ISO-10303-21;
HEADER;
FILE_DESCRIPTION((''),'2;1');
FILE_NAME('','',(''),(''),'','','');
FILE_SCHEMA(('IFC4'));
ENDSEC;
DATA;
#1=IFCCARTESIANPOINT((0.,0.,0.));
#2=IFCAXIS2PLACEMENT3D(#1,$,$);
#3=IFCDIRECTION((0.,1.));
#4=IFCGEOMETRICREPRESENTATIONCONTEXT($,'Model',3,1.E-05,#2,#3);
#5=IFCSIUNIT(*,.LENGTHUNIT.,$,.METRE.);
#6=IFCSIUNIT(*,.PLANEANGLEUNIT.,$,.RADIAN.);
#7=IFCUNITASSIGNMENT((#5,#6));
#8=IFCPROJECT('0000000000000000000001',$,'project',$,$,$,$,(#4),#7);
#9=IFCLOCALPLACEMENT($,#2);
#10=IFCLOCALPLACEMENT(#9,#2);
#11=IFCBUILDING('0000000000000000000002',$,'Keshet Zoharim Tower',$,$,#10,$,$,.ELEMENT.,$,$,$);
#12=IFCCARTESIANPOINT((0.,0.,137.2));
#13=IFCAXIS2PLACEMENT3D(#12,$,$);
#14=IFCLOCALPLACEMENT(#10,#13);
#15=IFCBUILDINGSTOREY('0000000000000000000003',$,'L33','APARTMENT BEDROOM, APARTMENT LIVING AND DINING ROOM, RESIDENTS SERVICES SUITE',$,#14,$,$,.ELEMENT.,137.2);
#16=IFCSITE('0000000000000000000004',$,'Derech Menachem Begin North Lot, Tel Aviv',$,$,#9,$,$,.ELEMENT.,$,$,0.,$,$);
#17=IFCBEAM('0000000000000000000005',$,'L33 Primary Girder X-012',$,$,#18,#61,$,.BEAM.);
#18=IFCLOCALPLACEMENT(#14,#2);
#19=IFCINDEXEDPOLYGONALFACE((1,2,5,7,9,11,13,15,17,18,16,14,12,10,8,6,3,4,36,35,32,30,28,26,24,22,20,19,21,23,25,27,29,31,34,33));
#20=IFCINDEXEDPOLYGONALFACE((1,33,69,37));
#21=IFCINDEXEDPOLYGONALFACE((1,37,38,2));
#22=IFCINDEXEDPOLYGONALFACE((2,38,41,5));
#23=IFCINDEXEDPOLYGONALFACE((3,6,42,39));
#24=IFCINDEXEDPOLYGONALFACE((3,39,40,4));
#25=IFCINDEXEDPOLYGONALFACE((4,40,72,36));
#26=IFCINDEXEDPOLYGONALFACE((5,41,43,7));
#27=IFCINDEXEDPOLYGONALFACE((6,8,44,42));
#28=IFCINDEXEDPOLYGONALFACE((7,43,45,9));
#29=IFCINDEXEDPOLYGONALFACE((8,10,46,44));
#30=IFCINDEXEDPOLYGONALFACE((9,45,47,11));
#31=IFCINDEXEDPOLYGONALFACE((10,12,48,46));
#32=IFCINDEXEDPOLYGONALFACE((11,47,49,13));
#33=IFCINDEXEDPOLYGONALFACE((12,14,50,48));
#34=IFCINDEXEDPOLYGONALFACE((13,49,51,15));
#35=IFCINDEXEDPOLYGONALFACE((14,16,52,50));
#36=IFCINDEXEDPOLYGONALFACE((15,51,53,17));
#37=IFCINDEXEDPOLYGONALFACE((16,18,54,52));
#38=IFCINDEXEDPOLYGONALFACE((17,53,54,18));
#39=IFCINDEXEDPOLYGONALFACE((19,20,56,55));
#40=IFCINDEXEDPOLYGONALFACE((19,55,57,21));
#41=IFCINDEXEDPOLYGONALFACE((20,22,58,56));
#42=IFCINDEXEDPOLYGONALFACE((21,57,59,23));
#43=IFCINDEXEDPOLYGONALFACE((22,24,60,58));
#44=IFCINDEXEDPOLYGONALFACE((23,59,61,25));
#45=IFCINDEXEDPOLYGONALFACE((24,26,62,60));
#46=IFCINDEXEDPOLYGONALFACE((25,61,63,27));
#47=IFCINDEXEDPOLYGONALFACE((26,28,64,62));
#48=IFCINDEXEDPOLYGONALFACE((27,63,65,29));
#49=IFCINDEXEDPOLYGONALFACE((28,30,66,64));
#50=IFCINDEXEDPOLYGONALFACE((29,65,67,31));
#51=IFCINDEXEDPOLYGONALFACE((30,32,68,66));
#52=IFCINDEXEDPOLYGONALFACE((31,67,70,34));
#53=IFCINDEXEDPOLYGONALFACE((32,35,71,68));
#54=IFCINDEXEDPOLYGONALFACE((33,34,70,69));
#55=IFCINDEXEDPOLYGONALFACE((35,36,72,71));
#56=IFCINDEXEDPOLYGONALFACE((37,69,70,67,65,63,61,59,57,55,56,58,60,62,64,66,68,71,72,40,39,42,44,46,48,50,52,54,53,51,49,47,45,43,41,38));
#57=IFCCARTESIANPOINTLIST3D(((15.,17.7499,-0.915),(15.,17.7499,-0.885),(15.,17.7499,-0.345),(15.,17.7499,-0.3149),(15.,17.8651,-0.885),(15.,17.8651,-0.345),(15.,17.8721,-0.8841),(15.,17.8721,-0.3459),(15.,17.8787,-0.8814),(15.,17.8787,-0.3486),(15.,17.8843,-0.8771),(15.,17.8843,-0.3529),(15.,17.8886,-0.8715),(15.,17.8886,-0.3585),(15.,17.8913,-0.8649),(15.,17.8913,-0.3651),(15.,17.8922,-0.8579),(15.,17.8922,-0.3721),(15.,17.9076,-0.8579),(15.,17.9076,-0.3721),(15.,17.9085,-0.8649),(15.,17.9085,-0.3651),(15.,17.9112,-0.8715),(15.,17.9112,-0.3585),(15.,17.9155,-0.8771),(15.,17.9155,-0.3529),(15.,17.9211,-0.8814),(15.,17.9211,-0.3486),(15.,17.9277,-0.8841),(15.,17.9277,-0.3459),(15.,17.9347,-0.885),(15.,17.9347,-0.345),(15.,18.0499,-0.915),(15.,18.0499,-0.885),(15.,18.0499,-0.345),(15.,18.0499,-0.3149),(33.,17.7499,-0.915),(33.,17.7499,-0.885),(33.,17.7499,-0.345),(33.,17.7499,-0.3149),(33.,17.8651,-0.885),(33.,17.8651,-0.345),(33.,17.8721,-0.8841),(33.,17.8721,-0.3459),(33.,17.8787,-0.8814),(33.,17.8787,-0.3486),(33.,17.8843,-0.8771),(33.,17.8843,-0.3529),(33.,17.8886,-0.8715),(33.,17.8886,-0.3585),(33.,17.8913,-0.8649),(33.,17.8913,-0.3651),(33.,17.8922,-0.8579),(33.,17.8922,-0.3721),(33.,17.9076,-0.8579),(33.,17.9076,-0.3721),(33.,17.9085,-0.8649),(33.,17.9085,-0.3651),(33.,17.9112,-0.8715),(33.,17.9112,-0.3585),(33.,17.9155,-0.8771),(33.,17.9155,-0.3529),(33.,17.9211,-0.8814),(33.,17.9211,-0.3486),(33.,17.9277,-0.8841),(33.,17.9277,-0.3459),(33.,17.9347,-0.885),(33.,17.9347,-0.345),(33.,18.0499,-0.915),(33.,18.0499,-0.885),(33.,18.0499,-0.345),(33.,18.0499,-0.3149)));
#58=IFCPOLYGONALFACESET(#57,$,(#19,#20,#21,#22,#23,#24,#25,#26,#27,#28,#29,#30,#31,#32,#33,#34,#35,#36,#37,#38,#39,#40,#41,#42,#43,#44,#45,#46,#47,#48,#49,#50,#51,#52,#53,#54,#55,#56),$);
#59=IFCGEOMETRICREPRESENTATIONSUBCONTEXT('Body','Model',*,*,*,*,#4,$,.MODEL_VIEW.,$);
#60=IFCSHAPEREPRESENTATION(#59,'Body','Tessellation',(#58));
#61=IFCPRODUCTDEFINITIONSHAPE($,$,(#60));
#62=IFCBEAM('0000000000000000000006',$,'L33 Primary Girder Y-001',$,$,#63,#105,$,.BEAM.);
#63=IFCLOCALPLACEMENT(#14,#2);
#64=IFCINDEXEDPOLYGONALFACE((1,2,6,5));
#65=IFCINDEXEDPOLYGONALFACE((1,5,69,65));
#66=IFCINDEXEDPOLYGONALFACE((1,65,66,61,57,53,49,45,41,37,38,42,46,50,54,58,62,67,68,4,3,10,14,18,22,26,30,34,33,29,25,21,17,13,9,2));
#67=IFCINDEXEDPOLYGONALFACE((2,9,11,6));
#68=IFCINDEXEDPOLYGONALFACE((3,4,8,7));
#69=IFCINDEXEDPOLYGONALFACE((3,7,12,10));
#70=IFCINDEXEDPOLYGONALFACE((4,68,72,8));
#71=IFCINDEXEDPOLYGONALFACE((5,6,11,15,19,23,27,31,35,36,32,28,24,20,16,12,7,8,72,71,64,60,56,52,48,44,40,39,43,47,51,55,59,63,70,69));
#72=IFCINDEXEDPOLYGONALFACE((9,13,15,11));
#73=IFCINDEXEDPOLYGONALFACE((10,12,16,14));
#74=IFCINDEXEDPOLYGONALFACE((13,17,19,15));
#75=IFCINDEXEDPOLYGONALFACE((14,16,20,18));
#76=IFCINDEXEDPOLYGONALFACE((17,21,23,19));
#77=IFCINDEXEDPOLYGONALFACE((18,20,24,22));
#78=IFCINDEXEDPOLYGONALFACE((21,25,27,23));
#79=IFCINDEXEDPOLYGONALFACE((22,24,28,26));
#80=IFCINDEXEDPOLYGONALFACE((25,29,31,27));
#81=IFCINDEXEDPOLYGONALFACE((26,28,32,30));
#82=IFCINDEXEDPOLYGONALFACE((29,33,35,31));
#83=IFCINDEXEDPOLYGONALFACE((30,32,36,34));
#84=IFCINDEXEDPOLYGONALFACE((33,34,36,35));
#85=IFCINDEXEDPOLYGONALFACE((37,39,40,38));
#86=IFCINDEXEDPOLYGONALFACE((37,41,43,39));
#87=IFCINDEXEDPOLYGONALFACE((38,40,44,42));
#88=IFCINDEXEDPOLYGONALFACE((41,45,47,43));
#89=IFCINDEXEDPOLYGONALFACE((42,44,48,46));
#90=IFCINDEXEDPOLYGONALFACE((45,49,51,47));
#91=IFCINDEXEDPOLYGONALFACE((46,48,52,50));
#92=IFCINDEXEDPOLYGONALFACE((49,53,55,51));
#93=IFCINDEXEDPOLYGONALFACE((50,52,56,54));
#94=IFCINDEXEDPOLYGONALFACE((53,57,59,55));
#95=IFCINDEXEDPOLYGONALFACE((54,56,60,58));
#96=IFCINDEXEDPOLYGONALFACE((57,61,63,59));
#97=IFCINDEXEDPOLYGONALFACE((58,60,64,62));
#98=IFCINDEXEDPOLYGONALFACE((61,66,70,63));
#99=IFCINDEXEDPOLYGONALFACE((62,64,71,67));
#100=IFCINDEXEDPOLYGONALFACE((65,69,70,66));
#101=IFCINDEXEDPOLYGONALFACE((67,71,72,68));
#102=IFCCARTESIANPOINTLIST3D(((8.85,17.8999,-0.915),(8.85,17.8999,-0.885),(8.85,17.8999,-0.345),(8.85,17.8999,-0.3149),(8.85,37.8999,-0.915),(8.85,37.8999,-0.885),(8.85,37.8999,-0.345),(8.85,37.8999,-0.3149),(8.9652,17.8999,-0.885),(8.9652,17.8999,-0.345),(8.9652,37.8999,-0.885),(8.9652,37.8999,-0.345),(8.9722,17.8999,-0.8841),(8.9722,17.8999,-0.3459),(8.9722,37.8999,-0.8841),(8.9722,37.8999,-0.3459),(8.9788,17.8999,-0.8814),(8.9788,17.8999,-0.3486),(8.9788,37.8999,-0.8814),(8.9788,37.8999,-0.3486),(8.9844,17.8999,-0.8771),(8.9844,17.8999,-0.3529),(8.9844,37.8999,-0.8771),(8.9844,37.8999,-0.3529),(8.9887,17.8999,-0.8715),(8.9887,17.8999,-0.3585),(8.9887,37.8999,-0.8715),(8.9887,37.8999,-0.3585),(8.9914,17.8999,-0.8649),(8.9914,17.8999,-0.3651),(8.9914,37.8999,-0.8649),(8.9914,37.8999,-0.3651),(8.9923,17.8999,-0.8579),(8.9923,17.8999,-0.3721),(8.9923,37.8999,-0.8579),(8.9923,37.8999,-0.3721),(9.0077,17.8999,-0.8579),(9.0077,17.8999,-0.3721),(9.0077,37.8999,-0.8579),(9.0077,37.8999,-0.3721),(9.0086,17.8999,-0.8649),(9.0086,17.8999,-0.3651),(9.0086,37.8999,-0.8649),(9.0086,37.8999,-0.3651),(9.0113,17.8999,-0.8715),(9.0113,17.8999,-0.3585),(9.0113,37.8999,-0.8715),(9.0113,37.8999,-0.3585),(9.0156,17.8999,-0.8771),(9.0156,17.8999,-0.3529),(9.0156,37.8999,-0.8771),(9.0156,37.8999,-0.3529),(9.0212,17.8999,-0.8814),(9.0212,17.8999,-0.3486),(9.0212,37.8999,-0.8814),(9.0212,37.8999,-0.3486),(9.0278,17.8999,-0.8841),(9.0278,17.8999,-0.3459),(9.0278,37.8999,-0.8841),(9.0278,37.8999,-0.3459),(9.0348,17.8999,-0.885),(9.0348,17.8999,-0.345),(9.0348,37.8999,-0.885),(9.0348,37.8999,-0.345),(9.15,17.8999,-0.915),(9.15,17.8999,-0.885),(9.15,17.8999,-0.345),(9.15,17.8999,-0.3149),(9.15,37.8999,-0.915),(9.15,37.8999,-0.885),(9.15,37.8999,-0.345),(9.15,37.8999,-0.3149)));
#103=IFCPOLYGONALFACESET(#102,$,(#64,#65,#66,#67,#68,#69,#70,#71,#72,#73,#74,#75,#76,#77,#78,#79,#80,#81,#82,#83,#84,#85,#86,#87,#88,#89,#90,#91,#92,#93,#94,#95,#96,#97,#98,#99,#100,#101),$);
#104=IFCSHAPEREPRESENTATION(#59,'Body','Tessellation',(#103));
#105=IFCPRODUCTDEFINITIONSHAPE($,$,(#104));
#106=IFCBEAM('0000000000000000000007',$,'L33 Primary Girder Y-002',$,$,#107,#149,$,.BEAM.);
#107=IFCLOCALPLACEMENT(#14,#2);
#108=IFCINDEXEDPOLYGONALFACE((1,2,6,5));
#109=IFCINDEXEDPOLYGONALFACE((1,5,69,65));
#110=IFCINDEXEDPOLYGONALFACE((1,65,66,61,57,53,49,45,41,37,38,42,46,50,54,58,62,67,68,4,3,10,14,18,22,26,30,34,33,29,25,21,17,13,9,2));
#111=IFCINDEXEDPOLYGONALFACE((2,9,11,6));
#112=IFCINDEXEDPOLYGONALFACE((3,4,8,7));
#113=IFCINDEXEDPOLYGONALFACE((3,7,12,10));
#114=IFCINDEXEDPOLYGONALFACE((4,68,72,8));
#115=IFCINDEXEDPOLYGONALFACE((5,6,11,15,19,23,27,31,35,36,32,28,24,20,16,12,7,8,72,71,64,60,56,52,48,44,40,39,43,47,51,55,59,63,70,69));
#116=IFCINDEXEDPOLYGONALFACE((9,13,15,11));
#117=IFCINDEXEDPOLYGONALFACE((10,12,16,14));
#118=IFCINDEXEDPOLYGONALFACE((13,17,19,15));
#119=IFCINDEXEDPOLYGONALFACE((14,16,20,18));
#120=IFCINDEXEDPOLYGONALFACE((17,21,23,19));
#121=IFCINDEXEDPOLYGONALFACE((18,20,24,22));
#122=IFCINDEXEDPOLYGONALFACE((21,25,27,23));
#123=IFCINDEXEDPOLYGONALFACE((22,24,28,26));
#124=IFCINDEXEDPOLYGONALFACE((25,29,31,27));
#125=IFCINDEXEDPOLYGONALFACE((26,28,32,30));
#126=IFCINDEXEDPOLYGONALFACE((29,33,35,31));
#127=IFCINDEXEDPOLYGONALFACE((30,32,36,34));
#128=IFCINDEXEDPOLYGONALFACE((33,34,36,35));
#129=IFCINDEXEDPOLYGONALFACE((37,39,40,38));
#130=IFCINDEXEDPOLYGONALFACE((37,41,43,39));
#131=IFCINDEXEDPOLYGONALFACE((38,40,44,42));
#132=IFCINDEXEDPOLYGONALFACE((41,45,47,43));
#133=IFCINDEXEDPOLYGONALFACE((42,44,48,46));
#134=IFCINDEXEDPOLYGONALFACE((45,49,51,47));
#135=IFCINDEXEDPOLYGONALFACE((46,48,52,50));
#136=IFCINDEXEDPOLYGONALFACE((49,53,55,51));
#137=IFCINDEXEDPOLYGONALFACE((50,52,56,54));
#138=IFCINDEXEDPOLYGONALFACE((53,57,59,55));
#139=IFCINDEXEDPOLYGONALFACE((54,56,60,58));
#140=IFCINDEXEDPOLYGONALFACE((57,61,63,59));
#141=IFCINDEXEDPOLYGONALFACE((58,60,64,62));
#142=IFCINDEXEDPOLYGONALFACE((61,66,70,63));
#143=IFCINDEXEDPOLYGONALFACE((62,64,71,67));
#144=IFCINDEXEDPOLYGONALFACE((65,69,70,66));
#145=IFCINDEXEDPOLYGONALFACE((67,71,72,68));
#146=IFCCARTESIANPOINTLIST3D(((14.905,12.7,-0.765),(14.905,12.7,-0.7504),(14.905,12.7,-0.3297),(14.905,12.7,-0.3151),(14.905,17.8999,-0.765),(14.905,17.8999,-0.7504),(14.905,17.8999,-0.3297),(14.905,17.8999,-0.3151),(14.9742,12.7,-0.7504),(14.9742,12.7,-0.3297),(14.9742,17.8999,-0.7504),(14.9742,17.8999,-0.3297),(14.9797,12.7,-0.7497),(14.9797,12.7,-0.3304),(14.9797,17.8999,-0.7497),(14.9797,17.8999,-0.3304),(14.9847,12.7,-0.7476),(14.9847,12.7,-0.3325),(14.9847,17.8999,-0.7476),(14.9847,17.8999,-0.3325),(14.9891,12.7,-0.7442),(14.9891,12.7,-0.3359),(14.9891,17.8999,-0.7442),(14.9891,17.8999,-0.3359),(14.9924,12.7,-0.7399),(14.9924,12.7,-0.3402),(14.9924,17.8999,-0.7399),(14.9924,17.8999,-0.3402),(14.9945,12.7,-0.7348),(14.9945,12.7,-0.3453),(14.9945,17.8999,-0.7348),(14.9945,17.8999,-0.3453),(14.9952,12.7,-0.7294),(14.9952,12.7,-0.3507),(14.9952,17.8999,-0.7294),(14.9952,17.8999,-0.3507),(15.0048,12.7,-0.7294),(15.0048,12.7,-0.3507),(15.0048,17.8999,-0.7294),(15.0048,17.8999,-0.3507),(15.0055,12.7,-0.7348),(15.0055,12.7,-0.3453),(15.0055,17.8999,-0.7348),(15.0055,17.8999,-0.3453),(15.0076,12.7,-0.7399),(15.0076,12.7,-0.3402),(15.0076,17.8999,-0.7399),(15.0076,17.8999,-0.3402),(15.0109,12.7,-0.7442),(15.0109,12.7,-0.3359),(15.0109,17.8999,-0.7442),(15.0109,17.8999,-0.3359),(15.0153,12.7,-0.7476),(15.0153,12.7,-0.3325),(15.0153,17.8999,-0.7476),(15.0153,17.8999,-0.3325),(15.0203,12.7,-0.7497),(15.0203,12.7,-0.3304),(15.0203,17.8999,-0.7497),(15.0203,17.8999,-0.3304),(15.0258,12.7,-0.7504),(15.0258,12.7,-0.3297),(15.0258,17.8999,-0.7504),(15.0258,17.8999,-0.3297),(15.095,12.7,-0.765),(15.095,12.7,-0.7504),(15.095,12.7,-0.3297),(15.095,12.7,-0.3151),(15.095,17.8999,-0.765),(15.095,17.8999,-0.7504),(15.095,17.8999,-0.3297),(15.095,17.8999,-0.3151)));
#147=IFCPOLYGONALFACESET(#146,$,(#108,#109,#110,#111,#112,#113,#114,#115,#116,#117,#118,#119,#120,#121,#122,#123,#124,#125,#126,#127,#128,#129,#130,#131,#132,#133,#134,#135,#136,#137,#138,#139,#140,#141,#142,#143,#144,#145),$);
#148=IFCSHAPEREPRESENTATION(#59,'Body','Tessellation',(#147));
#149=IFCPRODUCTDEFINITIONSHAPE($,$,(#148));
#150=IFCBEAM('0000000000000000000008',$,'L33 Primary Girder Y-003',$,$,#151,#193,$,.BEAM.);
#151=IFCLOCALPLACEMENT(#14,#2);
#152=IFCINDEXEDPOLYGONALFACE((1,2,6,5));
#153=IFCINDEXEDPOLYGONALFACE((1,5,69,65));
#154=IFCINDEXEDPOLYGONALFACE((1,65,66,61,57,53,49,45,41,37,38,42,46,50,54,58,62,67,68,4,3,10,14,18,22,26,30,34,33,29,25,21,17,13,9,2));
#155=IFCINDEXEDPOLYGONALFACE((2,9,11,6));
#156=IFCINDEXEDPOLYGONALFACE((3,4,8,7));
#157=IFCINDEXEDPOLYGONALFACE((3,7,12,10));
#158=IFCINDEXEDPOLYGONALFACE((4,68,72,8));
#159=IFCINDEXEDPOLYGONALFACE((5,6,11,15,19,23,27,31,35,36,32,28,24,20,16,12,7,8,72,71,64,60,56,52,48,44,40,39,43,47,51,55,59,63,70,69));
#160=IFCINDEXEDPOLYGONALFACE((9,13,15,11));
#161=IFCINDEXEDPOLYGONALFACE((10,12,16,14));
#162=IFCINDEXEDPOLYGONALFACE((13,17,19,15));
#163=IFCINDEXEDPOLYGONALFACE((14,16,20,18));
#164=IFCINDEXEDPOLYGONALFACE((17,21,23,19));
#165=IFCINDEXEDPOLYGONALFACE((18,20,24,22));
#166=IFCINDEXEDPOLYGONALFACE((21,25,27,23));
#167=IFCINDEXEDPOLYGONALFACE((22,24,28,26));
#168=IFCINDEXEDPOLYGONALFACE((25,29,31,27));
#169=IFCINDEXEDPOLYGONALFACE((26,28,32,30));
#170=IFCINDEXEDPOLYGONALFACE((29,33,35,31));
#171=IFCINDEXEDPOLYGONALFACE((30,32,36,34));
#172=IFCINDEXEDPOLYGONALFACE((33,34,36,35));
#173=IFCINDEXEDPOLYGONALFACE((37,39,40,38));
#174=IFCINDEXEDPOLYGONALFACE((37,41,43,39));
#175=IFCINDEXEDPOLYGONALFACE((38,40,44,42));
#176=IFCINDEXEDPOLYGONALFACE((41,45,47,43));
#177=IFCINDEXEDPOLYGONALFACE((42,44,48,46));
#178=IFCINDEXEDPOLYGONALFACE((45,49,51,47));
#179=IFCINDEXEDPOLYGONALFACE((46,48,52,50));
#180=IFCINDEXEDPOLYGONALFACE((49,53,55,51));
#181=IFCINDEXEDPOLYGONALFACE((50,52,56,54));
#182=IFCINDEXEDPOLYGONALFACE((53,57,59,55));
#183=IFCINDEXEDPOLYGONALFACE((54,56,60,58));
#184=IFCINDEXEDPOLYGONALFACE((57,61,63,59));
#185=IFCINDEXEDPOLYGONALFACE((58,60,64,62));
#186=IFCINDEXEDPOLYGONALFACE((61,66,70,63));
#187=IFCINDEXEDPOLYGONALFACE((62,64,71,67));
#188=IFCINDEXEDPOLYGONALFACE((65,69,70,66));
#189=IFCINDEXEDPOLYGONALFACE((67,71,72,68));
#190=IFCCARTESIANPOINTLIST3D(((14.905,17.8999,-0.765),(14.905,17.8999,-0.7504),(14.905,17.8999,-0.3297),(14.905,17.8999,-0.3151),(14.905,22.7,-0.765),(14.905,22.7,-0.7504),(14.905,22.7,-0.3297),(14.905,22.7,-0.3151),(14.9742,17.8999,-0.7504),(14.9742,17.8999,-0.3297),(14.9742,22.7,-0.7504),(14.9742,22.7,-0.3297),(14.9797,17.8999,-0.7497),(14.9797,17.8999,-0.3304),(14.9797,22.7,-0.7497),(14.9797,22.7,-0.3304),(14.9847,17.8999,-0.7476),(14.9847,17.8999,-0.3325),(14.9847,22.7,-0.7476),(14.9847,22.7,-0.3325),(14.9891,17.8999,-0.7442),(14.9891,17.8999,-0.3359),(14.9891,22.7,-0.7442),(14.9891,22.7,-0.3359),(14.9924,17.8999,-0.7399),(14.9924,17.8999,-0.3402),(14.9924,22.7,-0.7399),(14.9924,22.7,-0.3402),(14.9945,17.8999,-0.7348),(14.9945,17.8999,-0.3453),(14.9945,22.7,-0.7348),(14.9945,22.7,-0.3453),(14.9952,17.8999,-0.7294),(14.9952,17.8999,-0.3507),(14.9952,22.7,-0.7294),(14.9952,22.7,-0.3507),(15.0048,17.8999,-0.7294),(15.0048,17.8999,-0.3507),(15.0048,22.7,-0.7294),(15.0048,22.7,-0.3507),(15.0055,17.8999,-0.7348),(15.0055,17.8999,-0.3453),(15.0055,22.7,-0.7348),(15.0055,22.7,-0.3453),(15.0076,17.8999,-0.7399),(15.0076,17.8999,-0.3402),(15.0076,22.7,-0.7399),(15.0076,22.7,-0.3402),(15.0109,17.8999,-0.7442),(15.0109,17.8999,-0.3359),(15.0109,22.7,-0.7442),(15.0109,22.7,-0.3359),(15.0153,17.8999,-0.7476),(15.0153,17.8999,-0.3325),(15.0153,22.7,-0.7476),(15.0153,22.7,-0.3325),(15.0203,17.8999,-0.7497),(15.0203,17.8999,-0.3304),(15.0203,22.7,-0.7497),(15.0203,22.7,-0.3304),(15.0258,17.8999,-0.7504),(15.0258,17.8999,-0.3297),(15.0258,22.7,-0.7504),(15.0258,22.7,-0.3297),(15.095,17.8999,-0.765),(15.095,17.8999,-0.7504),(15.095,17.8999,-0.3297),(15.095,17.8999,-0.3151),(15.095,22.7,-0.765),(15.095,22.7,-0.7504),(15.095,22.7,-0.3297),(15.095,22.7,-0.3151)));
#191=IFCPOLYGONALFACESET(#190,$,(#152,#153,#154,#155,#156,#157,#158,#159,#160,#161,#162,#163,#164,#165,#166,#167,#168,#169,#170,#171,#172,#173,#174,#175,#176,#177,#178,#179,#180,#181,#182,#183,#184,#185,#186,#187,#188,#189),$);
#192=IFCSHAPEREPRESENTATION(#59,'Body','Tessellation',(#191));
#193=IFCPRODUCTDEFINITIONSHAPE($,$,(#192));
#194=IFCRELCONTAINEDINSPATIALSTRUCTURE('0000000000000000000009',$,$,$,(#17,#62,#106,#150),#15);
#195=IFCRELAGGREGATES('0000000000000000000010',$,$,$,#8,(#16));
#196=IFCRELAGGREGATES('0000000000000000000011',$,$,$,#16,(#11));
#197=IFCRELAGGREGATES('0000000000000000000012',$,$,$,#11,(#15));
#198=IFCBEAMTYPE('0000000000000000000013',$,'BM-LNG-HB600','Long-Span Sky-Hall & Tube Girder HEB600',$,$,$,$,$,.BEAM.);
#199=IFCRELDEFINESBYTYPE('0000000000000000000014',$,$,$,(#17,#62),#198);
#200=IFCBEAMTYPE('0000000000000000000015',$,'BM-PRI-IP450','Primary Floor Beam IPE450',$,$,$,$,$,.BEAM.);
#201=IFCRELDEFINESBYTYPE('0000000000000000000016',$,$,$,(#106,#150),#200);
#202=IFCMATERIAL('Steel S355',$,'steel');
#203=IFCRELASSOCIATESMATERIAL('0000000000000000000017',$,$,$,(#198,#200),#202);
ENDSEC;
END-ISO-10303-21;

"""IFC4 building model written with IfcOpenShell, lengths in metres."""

from ifc_helpers import new_model, si_unit, direction, frame, origin, origin_2d, place, context, subcontext, project, spatial, i_section, extrude, material, material_profile, profile_set, type_object, element, save


model = new_model("IFC4")

# Units and contexts
model_context = context("Model", 3, precision=1e-05, world=origin(), true_north=direction((0.0, 1.0)))
body_context = subcontext(model_context, "Body", "Model", "MODEL_VIEW")
ifc_project = project(units=[si_unit("LENGTHUNIT", "METRE"), si_unit("PLANEANGLEUNIT", "RADIAN")], contexts=[model_context])

# Site, building, storey
site_placement = place(None, origin())
site = spatial("IfcSite", under=ifc_project, at=site_placement, Name="Derech Menachem Begin North Lot, Tel Aviv", CompositionType="ELEMENT", RefElevation=0.0)
building_placement = place(site_placement, origin())
building = spatial("IfcBuilding", under=site, at=building_placement, Name="Keshet Zoharim Tower", CompositionType="ELEMENT")
storey_placement = place(building_placement, frame((0.0, 0.0, 137.2)))
storey = spatial("IfcBuildingStorey", under=building, at=storey_placement, Name="L33", Description="APARTMENT BEDROOM, APARTMENT LIVING AND DINING ROOM, RESIDENTS SERVICES SUITE", CompositionType="ELEMENT", Elevation=137.2)

# Shared definitions
ifc_material_1 = material(Name="Steel S355", Category="steel")

# Beams
ifc_material_profile_1 = material_profile(ifc_material_1, i_section(OverallWidth=0.3, OverallDepth=0.6001, WebThickness=0.0154, FlangeThickness=0.03, FilletRadius=0.0271, at=origin_2d()), Name="HEB600")
ifc_profile_set_1 = profile_set([ifc_material_profile_1], Name="Steel S355")
beam_type_1 = type_object("IfcBeamType", Name="BM-LNG-HB600", Description="Long-Span Sky-Hall & Tube Girder HEB600", PredefinedType="BEAM", material=ifc_profile_set_1)
for number, where, z_axis, x_axis, name in (
    (1, (15.0, 17.8999, -0.615), (1.0, 0.0, 0.0), (0.0, 1.0, 0.0), "L33 Primary Girder X-012"),
):
    element("IfcBeam", number, at=place(storey_placement, frame(where, z_axis=z_axis, x_axis=x_axis)), inside=storey, type_object=beam_type_1, Name=name, PredefinedType="BEAM", context=body_context, shape_type="SweptSolid", body=[
        extrude(i_section(OverallWidth=0.3, OverallDepth=0.6001, WebThickness=0.0154, FlangeThickness=0.03, FilletRadius=0.0271, at=origin_2d()), origin(), (0.0, 0.0, 1.0), 18.0),
    ])
beam_1_placement = place(storey_placement, frame((9.0, 17.8999, -0.615), z_axis=(0.0, 1.0, 0.0), x_axis=(-1.0, 0.0, 0.0)))
element("IfcBeam", 2, at=beam_1_placement, inside=storey, type_object=beam_type_1, Name="L33 Primary Girder Y-001", PredefinedType="BEAM", context=body_context, shape_type="SweptSolid", body=[
    extrude(i_section(OverallWidth=0.3, OverallDepth=0.6001, WebThickness=0.0154, FlangeThickness=0.03, FilletRadius=0.0271, at=origin_2d()), origin(), (0.0, 0.0, 1.0), 20.0),
])
ifc_material_profile_2 = material_profile(ifc_material_1, i_section(OverallWidth=0.1899, OverallDepth=0.45, WebThickness=0.0095, FlangeThickness=0.0146, FilletRadius=0.021, at=origin_2d()), Name="IPE450")
ifc_profile_set_2 = profile_set([ifc_material_profile_2], Name="Steel S355")
beam_type_2 = type_object("IfcBeamType", Name="BM-PRI-IP450", Description="Primary Floor Beam IPE450", PredefinedType="BEAM", material=ifc_profile_set_2)
beam_2_placement = place(storey_placement, frame((15.0, 12.7, -0.54), z_axis=(0.0, 1.0, 0.0), x_axis=(-1.0, 0.0, 0.0)))
element("IfcBeam", 3, at=beam_2_placement, inside=storey, type_object=beam_type_2, Name="L33 Primary Girder Y-002", PredefinedType="BEAM", context=body_context, shape_type="SweptSolid", body=[
    extrude(i_section(OverallWidth=0.1899, OverallDepth=0.45, WebThickness=0.0095, FlangeThickness=0.0146, FilletRadius=0.021, at=origin_2d()), origin(), (0.0, 0.0, 1.0), 5.2),
])
beam_3_placement = place(storey_placement, frame((15.0, 17.8999, -0.54), z_axis=(0.0, 1.0, 0.0), x_axis=(-1.0, 0.0, 0.0)))
element("IfcBeam", 4, at=beam_3_placement, inside=storey, type_object=beam_type_2, Name="L33 Primary Girder Y-003", PredefinedType="BEAM", context=body_context, shape_type="SweptSolid", body=[
    extrude(i_section(OverallWidth=0.1899, OverallDepth=0.45, WebThickness=0.0095, FlangeThickness=0.0146, FilletRadius=0.021, at=origin_2d()), origin(), (0.0, 0.0, 1.0), 4.8),
])

save(model, "model.ifc")
